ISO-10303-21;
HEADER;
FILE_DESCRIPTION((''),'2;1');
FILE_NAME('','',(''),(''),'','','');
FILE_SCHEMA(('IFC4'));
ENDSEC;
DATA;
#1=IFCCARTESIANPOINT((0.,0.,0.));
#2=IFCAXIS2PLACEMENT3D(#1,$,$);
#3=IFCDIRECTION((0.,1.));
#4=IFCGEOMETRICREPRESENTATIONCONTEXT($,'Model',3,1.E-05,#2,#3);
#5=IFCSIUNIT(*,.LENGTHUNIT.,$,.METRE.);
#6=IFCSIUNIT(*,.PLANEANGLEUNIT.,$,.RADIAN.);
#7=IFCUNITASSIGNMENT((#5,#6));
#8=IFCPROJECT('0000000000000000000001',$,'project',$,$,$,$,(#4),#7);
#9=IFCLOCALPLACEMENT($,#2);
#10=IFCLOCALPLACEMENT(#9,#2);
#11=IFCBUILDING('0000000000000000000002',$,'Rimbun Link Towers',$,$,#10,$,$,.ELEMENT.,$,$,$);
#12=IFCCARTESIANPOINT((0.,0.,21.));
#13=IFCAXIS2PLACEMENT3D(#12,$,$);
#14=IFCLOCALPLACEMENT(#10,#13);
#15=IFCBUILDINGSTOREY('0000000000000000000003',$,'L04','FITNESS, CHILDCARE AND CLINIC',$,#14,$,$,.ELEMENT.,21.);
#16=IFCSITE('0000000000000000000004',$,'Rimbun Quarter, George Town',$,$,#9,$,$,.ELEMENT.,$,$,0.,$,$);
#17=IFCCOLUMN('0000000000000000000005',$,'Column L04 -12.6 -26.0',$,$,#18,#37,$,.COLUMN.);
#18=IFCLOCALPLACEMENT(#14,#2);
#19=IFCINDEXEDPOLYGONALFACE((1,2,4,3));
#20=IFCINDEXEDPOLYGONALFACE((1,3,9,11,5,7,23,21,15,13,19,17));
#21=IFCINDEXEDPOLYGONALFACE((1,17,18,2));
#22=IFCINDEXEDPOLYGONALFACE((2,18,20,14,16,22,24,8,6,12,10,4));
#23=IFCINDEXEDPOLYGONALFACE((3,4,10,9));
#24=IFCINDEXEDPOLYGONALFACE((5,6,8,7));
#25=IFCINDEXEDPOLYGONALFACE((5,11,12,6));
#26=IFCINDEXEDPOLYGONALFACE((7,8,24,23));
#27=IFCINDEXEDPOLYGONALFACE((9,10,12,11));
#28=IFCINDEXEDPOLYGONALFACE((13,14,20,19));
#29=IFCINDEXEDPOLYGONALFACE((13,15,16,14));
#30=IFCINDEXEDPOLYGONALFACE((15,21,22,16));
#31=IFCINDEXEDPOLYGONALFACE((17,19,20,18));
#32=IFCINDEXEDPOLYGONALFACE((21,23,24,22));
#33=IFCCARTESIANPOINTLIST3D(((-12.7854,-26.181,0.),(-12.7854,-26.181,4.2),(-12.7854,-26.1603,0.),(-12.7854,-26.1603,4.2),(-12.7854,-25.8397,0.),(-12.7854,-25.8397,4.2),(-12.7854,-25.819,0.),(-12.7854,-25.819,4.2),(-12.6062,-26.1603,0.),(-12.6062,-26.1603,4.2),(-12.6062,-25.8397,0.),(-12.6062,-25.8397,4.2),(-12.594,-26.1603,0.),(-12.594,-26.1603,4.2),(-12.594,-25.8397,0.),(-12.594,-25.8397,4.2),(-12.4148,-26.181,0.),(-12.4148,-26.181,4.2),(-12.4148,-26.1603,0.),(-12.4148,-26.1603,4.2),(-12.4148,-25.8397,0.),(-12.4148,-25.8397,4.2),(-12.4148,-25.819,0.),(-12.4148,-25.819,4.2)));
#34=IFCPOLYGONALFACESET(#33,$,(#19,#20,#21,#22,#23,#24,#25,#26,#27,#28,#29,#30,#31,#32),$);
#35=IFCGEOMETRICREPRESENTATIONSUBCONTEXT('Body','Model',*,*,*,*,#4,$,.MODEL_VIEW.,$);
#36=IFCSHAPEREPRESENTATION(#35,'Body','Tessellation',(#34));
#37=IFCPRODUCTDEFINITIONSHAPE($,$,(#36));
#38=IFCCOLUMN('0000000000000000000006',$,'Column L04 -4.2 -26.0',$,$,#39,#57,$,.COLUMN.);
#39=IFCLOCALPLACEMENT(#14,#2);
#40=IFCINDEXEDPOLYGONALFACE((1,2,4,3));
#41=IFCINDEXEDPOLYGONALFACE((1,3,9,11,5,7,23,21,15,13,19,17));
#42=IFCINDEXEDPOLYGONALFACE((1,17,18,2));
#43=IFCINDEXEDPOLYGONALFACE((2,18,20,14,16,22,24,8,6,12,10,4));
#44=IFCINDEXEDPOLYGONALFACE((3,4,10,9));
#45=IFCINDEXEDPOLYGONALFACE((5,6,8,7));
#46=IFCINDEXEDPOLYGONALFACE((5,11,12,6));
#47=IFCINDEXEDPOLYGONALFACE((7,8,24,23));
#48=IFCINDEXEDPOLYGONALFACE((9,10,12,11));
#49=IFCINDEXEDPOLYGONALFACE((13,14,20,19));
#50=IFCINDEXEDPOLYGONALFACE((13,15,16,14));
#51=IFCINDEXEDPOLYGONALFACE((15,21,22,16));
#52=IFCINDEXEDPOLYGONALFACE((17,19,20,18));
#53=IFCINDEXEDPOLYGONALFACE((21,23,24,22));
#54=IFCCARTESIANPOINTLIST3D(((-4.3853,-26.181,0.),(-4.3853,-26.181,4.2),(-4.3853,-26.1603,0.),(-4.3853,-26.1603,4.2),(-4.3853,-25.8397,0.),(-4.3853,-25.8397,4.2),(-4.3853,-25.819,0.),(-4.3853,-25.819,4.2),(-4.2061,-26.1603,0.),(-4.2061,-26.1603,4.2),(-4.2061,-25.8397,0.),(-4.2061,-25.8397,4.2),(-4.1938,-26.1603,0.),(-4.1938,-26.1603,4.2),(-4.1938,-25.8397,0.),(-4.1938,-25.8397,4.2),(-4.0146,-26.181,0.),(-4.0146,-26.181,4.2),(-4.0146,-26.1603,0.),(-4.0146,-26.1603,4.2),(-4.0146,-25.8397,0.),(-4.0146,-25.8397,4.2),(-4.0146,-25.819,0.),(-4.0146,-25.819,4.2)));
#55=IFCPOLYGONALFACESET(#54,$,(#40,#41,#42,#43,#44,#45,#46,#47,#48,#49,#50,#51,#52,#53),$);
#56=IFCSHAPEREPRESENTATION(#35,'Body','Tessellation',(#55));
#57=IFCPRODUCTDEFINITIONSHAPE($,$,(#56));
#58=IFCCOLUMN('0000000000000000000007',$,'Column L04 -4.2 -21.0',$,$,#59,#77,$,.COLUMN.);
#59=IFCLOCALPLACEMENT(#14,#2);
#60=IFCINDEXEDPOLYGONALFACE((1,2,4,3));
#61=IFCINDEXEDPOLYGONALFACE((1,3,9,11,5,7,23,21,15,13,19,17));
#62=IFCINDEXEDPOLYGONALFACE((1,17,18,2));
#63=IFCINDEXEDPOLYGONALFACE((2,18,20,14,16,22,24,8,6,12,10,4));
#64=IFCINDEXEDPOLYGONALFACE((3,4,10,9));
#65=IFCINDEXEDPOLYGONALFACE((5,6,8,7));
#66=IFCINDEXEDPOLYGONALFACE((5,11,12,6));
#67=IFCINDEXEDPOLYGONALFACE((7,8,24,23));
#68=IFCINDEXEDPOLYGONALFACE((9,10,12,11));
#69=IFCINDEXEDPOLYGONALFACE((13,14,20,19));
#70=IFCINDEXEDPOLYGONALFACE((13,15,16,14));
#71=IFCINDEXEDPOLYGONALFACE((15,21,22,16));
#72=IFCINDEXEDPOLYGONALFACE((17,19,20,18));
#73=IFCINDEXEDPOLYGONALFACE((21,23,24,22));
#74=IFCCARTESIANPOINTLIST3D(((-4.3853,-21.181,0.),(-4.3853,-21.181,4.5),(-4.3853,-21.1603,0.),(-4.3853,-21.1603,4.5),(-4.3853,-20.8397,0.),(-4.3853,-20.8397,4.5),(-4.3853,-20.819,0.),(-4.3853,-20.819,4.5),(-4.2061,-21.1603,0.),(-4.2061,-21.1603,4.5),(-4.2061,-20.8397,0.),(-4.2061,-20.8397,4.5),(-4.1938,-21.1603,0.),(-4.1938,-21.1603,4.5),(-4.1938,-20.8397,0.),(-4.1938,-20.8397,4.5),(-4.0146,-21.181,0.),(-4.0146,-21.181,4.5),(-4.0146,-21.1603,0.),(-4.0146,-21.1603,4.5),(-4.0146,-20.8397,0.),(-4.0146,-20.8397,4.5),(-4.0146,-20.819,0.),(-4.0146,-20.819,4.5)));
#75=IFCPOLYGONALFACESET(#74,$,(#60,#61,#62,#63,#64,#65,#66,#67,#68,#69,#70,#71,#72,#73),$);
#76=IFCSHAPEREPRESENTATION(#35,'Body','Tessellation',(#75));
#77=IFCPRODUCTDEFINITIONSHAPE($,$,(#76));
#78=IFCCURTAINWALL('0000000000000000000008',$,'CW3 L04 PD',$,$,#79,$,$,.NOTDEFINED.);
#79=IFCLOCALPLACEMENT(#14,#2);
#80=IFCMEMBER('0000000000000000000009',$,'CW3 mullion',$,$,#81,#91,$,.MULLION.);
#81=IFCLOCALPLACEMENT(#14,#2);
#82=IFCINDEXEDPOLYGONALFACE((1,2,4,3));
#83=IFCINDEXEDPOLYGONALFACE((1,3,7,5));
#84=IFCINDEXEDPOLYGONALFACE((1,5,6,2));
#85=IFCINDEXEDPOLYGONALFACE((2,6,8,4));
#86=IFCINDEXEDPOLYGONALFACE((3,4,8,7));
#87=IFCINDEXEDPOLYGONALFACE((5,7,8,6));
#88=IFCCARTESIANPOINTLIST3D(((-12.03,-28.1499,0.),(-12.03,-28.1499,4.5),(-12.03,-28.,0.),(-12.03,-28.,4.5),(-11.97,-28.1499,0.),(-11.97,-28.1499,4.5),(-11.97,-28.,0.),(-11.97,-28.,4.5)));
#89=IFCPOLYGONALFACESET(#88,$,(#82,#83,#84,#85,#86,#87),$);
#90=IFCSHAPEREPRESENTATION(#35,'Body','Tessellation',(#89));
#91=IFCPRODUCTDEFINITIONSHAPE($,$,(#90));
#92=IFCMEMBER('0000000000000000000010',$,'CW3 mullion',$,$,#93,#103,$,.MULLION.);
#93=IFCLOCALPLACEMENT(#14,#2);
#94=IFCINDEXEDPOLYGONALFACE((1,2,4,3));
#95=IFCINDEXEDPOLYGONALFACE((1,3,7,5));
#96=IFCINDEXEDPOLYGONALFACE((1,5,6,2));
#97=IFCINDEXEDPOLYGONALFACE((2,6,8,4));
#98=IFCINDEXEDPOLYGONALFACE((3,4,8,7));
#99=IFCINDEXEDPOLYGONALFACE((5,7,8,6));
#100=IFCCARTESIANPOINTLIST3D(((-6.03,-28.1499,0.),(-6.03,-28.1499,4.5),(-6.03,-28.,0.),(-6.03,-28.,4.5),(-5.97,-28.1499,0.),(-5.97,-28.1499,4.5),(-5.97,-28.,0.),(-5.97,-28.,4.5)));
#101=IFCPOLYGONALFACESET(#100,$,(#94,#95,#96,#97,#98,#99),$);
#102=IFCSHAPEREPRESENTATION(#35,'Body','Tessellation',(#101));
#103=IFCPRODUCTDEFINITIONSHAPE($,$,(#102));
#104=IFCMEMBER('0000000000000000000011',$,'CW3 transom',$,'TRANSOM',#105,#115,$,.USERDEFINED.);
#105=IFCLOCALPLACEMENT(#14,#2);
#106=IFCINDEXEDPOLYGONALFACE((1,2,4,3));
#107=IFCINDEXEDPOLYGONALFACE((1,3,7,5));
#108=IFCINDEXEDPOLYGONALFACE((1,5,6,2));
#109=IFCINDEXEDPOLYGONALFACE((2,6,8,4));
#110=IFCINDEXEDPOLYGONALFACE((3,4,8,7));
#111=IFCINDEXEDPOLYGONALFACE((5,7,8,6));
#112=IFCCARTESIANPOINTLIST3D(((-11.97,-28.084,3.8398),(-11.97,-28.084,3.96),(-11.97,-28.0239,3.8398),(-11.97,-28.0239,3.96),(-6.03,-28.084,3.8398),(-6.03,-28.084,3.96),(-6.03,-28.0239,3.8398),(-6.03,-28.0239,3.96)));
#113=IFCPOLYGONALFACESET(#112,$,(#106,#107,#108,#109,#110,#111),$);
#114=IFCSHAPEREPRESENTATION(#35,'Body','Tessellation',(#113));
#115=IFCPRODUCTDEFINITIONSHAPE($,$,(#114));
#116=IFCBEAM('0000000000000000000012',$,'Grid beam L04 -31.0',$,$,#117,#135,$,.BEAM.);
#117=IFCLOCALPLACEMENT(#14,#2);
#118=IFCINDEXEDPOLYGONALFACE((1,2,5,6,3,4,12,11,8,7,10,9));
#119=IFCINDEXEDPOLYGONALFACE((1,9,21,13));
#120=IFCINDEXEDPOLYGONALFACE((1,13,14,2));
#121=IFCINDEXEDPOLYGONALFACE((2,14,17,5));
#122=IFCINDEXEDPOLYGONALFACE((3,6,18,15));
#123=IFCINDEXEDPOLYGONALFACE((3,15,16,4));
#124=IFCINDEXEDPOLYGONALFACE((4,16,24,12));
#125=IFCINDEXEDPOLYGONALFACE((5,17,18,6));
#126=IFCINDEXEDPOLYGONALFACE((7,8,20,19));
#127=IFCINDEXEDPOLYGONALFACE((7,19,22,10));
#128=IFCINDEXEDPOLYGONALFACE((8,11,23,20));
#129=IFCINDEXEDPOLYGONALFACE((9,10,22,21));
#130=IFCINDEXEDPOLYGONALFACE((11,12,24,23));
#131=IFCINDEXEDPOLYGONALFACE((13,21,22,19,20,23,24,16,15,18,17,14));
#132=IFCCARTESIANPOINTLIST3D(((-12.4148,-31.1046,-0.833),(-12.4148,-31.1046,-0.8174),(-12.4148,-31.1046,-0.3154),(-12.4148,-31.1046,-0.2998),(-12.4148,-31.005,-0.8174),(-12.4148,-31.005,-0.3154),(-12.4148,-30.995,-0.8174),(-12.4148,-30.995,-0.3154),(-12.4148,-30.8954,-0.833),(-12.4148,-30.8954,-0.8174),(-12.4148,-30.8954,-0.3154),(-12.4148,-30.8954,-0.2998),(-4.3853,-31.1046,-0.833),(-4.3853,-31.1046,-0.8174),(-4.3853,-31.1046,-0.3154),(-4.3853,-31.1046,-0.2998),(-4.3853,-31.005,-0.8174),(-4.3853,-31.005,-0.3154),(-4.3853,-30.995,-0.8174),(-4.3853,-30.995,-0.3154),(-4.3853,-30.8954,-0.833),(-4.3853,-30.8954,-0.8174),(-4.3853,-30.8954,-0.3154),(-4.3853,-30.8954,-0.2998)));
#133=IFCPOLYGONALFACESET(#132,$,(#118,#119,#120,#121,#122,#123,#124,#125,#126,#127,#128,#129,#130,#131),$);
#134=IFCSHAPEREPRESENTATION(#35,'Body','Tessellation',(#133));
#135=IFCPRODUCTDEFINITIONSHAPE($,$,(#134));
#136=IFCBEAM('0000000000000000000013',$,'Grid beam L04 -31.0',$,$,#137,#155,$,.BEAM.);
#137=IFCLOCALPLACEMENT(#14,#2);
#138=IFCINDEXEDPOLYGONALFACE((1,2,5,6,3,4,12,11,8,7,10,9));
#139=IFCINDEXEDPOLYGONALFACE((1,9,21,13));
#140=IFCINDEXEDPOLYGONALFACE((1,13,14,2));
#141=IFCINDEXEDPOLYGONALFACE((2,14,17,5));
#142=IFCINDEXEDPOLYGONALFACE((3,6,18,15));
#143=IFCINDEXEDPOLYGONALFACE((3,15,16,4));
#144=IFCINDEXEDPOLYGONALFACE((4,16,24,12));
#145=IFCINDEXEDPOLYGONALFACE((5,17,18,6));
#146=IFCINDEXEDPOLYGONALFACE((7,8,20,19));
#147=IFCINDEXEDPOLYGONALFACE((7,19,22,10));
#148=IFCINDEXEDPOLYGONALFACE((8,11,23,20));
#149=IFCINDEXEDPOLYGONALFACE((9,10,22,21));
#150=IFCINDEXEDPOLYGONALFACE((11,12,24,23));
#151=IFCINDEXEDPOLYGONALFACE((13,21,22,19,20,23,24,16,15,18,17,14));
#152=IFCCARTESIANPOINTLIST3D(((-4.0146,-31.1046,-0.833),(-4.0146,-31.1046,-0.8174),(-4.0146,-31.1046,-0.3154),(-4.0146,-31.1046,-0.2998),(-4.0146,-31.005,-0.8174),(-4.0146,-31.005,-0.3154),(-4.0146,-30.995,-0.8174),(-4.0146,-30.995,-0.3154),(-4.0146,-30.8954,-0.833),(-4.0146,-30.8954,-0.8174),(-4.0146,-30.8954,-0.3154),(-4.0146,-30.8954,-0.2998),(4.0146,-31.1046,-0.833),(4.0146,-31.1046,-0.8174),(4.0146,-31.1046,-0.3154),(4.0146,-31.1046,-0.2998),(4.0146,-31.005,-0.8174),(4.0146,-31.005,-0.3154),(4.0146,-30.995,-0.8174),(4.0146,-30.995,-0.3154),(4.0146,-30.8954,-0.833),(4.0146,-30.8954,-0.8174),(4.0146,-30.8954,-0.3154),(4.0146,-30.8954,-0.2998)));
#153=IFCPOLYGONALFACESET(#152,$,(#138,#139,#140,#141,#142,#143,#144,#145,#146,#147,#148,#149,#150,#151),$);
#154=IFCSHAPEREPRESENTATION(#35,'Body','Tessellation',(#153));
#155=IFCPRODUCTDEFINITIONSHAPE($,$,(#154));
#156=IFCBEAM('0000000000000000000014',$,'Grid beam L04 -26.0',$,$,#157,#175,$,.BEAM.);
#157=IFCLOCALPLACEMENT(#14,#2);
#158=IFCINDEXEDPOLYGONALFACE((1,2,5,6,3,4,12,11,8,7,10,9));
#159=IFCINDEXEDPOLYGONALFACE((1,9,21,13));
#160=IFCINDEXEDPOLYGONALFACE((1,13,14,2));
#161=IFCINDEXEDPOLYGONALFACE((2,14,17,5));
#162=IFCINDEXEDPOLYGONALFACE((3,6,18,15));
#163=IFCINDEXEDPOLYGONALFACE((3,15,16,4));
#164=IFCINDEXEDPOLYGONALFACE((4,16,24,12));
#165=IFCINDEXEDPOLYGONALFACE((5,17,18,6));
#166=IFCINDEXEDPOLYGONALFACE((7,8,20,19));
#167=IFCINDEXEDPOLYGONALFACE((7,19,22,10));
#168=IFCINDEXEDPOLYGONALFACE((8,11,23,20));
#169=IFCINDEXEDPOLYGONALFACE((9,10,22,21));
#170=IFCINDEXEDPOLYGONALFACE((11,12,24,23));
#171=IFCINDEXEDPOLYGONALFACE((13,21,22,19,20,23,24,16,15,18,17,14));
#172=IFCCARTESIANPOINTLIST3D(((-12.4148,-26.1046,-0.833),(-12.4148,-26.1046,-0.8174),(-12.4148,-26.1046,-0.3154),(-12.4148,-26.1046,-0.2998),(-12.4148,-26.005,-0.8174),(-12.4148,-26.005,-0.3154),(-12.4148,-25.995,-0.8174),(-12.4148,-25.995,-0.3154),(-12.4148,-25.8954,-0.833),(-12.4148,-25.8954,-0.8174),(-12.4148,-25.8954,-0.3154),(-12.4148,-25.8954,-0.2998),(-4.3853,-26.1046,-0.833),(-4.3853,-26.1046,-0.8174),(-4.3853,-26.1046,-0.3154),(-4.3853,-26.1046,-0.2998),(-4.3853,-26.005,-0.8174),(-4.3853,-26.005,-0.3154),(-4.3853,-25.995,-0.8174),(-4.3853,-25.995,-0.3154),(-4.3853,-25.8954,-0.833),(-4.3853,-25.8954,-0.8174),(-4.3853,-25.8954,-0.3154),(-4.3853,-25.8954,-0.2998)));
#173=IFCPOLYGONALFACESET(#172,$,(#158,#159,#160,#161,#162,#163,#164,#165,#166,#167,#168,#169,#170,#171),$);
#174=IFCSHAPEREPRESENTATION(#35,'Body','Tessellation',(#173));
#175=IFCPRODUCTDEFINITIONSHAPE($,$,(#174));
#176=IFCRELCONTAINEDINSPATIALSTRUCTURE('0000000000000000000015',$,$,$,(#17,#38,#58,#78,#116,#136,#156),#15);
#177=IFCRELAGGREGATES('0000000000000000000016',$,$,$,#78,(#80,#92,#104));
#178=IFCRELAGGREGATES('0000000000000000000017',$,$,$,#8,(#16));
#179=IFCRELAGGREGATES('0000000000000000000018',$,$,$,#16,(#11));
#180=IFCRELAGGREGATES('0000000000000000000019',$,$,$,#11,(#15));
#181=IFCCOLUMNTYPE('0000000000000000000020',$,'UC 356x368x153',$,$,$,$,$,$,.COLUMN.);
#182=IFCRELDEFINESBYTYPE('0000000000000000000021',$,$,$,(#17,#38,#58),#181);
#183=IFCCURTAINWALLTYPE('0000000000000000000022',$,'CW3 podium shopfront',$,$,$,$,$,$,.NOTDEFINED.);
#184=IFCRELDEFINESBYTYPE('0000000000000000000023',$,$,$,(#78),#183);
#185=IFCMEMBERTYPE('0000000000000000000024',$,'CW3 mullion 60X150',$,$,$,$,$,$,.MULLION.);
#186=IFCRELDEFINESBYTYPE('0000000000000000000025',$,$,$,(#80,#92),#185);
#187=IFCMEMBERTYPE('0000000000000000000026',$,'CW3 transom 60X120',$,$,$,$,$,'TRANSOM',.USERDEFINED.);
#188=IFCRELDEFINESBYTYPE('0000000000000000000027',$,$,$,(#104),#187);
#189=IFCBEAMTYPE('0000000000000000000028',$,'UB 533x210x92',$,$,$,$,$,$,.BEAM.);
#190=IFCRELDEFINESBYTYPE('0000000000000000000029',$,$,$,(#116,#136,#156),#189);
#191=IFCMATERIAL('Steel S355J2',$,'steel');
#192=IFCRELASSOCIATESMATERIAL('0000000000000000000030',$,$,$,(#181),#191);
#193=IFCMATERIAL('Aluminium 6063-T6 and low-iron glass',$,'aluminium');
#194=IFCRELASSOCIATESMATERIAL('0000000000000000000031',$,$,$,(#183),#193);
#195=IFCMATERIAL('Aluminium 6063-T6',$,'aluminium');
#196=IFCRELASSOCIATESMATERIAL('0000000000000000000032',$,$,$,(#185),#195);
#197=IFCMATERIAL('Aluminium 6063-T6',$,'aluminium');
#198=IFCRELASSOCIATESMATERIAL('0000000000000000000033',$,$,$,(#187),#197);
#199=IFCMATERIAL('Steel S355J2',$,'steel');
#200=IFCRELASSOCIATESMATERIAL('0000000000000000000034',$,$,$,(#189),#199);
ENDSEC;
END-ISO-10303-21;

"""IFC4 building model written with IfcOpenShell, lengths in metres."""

from ifc_helpers import new_model, si_unit, direction, frame, origin, origin_2d, place, context, subcontext, project, spatial, rectangle, i_section, extrude, material, material_profile, profile_set, type_object, element, aggregate, save


model = new_model("IFC4")

# Units and contexts
model_context = context("Model", 3, precision=1e-05, world=origin(), true_north=direction((0.0, 1.0)))
body_context = subcontext(model_context, "Body", "Model", "MODEL_VIEW")
ifc_project = project(units=[si_unit("LENGTHUNIT", "METRE"), si_unit("PLANEANGLEUNIT", "RADIAN")], contexts=[model_context])

# Site, building, storey
site_placement = place(None, origin())
site = spatial("IfcSite", under=ifc_project, at=site_placement, Name="Rimbun Quarter, George Town", CompositionType="ELEMENT", RefElevation=0.0)
building_placement = place(site_placement, origin())
building = spatial("IfcBuilding", under=site, at=building_placement, Name="Rimbun Link Towers", CompositionType="ELEMENT")
storey_placement = place(building_placement, frame((0.0, 0.0, 21.0)))
storey = spatial("IfcBuildingStorey", under=building, at=storey_placement, Name="L04", Description="FITNESS, CHILDCARE AND CLINIC", CompositionType="ELEMENT", Elevation=21.0)

# Columns
ifc_material_1 = material(Name="Steel S355J2", Category="steel")
ifc_material_profile_1 = material_profile(ifc_material_1, i_section(OverallWidth=0.3706, OverallDepth=0.3621, WebThickness=0.0122, FlangeThickness=0.0208, at=origin_2d()), Name="UC 356x368x153")
ifc_profile_set_1 = profile_set([ifc_material_profile_1], Name="Steel S355J2")
column_type = type_object("IfcColumnType", Name="UC 356x368x153", PredefinedType="COLUMN", material=ifc_profile_set_1)
for number, where, z_axis, x_axis, name in (
    (1, (-12.6001, -26.0, 0.0), (0.0, 0.0, 1.0), (1.0, 0.0, 0.0), "Column L04 -12.6 -26.0"),
    (2, (-4.2, -26.0, 0.0), (0.0, 0.0, 1.0), (1.0, 0.0, 0.0), "Column L04 -4.2 -26.0"),
):
    element("IfcColumn", number, at=place(storey_placement, frame(where, z_axis=z_axis, x_axis=x_axis)), inside=storey, type_object=column_type, Name=name, PredefinedType="COLUMN", context=body_context, shape_type="SweptSolid", body=[
        extrude(i_section(OverallWidth=0.3706, OverallDepth=0.3621, WebThickness=0.0122, FlangeThickness=0.0208, at=origin_2d()), origin(), (0.0, 0.0, 1.0), 4.2),
    ])
column_placement = place(storey_placement, frame((-4.2, -21.0, 0.0), z_axis=(0.0, 0.0, 1.0), x_axis=(1.0, 0.0, 0.0)))
element("IfcColumn", 3, at=column_placement, inside=storey, type_object=column_type, Name="Column L04 -4.2 -21.0", PredefinedType="COLUMN", context=body_context, shape_type="SweptSolid", body=[
    extrude(i_section(OverallWidth=0.3706, OverallDepth=0.3621, WebThickness=0.0122, FlangeThickness=0.0208, at=origin_2d()), origin(), (0.0, 0.0, 1.0), 4.5),
])

# Curtain wall, members
ifc_material_2 = material(Name="Aluminium 6063-T6 and low-iron glass", Category="aluminium")
curtain_wall_type = type_object("IfcCurtainWallType", Name="CW3 podium shopfront", PredefinedType="NOTDEFINED", material=ifc_material_2)
curtain_wall_placement = place(storey_placement, origin())
curtain_wall = element("IfcCurtainWall", 4, at=curtain_wall_placement, inside=storey, type_object=curtain_wall_type, Name="CW3 L04 PD", PredefinedType="NOTDEFINED")
ifc_material_3 = material(Name="Aluminium 6063-T6", Category="aluminium")
ifc_material_profile_2 = material_profile(ifc_material_3, rectangle(XDim=0.1499, YDim=0.0601, at=origin_2d()), Name="MULLION 60X150")
ifc_profile_set_2 = profile_set([ifc_material_profile_2], Name="Aluminium 6063-T6")
member_type_1 = type_object("IfcMemberType", Name="CW3 mullion 60X150", PredefinedType="MULLION", material=ifc_profile_set_2)
member_1_placement = place(storey_placement, frame((-12.0, -28.075, 0.0), z_axis=(0.0, 0.0, 1.0), x_axis=(0.0, -1.0, 0.0)))
member_1 = element("IfcMember", 5, at=member_1_placement, type_object=member_type_1, Name="CW3 mullion", PredefinedType="MULLION", context=body_context, shape_type="SweptSolid", body=[
    extrude(rectangle(XDim=0.1499, YDim=0.0601, at=origin_2d()), origin(), (0.0, 0.0, 1.0), 4.5),
])
member_2_placement = place(storey_placement, frame((-6.0, -28.075, 0.0), z_axis=(0.0, 0.0, 1.0), x_axis=(0.0, -1.0, 0.0)))
member_2 = element("IfcMember", 6, at=member_2_placement, type_object=member_type_1, Name="CW3 mullion", PredefinedType="MULLION", context=body_context, shape_type="SweptSolid", body=[
    extrude(rectangle(XDim=0.1499, YDim=0.0601, at=origin_2d()), origin(), (0.0, 0.0, 1.0), 4.5),
])
ifc_material_4 = material(Name="Aluminium 6063-T6", Category="aluminium")
ifc_material_profile_3 = material_profile(ifc_material_4, rectangle(XDim=0.0601, YDim=0.1201, at=origin_2d()), Name="TRANSOM 60X120")
ifc_profile_set_3 = profile_set([ifc_material_profile_3], Name="Aluminium 6063-T6")
member_type_2 = type_object("IfcMemberType", Name="CW3 transom 60X120", ElementType="TRANSOM", PredefinedType="USERDEFINED", material=ifc_profile_set_3)
member_3_placement = place(storey_placement, frame((-6.03, -28.054, 3.8999), z_axis=(-1.0, 0.0, 0.0), x_axis=(0.0, -1.0, 0.0)))
member_3 = element("IfcMember", 7, at=member_3_placement, type_object=member_type_2, Name="CW3 transom", ObjectType="TRANSOM", PredefinedType="USERDEFINED", context=body_context, shape_type="SweptSolid", body=[
    extrude(rectangle(XDim=0.0601, YDim=0.1201, at=origin_2d()), origin(), (0.0, 0.0, 1.0), 5.9399),
])

# Beams
ifc_material_5 = material(Name="Steel S355J2", Category="steel")
ifc_material_profile_4 = material_profile(ifc_material_5, i_section(OverallWidth=0.2092, OverallDepth=0.5332, WebThickness=0.01, FlangeThickness=0.0156, at=origin_2d()), Name="UB 533x210x92")
ifc_profile_set_4 = profile_set([ifc_material_profile_4], Name="Steel S355J2")
beam_type = type_object("IfcBeamType", Name="UB 533x210x92", PredefinedType="BEAM", material=ifc_profile_set_4)
beam_1_placement = place(storey_placement, frame((-12.4148, -31.0, -0.5664), z_axis=(1.0, 0.0, 0.0), x_axis=(0.0, 1.0, 0.0)))
element("IfcBeam", 8, at=beam_1_placement, inside=storey, type_object=beam_type, Name="Grid beam L04 -31.0", PredefinedType="BEAM", context=body_context, shape_type="SweptSolid", body=[
    extrude(i_section(OverallWidth=0.2092, OverallDepth=0.5332, WebThickness=0.01, FlangeThickness=0.0156, at=origin_2d()), origin(), (0.0, 0.0, 1.0), 8.0295),
])
beam_2_placement = place(storey_placement, frame((-4.0146, -31.0, -0.5664), z_axis=(1.0, 0.0, 0.0), x_axis=(0.0, 1.0, 0.0)))
element("IfcBeam", 9, at=beam_2_placement, inside=storey, type_object=beam_type, Name="Grid beam L04 -31.0", PredefinedType="BEAM", context=body_context, shape_type="SweptSolid", body=[
    extrude(i_section(OverallWidth=0.2092, OverallDepth=0.5332, WebThickness=0.01, FlangeThickness=0.0156, at=origin_2d()), origin(), (0.0, 0.0, 1.0), 8.0293),
])
beam_3_placement = place(storey_placement, frame((-12.4148, -26.0, -0.5664), z_axis=(1.0, 0.0, 0.0), x_axis=(0.0, 1.0, 0.0)))
element("IfcBeam", 10, at=beam_3_placement, inside=storey, type_object=beam_type, Name="Grid beam L04 -26.0", PredefinedType="BEAM", context=body_context, shape_type="SweptSolid", body=[
    extrude(i_section(OverallWidth=0.2092, OverallDepth=0.5332, WebThickness=0.01, FlangeThickness=0.0156, at=origin_2d()), origin(), (0.0, 0.0, 1.0), 8.0295),
])

aggregate(curtain_wall, [member_1, member_2, member_3])

save(model, "model.ifc")
